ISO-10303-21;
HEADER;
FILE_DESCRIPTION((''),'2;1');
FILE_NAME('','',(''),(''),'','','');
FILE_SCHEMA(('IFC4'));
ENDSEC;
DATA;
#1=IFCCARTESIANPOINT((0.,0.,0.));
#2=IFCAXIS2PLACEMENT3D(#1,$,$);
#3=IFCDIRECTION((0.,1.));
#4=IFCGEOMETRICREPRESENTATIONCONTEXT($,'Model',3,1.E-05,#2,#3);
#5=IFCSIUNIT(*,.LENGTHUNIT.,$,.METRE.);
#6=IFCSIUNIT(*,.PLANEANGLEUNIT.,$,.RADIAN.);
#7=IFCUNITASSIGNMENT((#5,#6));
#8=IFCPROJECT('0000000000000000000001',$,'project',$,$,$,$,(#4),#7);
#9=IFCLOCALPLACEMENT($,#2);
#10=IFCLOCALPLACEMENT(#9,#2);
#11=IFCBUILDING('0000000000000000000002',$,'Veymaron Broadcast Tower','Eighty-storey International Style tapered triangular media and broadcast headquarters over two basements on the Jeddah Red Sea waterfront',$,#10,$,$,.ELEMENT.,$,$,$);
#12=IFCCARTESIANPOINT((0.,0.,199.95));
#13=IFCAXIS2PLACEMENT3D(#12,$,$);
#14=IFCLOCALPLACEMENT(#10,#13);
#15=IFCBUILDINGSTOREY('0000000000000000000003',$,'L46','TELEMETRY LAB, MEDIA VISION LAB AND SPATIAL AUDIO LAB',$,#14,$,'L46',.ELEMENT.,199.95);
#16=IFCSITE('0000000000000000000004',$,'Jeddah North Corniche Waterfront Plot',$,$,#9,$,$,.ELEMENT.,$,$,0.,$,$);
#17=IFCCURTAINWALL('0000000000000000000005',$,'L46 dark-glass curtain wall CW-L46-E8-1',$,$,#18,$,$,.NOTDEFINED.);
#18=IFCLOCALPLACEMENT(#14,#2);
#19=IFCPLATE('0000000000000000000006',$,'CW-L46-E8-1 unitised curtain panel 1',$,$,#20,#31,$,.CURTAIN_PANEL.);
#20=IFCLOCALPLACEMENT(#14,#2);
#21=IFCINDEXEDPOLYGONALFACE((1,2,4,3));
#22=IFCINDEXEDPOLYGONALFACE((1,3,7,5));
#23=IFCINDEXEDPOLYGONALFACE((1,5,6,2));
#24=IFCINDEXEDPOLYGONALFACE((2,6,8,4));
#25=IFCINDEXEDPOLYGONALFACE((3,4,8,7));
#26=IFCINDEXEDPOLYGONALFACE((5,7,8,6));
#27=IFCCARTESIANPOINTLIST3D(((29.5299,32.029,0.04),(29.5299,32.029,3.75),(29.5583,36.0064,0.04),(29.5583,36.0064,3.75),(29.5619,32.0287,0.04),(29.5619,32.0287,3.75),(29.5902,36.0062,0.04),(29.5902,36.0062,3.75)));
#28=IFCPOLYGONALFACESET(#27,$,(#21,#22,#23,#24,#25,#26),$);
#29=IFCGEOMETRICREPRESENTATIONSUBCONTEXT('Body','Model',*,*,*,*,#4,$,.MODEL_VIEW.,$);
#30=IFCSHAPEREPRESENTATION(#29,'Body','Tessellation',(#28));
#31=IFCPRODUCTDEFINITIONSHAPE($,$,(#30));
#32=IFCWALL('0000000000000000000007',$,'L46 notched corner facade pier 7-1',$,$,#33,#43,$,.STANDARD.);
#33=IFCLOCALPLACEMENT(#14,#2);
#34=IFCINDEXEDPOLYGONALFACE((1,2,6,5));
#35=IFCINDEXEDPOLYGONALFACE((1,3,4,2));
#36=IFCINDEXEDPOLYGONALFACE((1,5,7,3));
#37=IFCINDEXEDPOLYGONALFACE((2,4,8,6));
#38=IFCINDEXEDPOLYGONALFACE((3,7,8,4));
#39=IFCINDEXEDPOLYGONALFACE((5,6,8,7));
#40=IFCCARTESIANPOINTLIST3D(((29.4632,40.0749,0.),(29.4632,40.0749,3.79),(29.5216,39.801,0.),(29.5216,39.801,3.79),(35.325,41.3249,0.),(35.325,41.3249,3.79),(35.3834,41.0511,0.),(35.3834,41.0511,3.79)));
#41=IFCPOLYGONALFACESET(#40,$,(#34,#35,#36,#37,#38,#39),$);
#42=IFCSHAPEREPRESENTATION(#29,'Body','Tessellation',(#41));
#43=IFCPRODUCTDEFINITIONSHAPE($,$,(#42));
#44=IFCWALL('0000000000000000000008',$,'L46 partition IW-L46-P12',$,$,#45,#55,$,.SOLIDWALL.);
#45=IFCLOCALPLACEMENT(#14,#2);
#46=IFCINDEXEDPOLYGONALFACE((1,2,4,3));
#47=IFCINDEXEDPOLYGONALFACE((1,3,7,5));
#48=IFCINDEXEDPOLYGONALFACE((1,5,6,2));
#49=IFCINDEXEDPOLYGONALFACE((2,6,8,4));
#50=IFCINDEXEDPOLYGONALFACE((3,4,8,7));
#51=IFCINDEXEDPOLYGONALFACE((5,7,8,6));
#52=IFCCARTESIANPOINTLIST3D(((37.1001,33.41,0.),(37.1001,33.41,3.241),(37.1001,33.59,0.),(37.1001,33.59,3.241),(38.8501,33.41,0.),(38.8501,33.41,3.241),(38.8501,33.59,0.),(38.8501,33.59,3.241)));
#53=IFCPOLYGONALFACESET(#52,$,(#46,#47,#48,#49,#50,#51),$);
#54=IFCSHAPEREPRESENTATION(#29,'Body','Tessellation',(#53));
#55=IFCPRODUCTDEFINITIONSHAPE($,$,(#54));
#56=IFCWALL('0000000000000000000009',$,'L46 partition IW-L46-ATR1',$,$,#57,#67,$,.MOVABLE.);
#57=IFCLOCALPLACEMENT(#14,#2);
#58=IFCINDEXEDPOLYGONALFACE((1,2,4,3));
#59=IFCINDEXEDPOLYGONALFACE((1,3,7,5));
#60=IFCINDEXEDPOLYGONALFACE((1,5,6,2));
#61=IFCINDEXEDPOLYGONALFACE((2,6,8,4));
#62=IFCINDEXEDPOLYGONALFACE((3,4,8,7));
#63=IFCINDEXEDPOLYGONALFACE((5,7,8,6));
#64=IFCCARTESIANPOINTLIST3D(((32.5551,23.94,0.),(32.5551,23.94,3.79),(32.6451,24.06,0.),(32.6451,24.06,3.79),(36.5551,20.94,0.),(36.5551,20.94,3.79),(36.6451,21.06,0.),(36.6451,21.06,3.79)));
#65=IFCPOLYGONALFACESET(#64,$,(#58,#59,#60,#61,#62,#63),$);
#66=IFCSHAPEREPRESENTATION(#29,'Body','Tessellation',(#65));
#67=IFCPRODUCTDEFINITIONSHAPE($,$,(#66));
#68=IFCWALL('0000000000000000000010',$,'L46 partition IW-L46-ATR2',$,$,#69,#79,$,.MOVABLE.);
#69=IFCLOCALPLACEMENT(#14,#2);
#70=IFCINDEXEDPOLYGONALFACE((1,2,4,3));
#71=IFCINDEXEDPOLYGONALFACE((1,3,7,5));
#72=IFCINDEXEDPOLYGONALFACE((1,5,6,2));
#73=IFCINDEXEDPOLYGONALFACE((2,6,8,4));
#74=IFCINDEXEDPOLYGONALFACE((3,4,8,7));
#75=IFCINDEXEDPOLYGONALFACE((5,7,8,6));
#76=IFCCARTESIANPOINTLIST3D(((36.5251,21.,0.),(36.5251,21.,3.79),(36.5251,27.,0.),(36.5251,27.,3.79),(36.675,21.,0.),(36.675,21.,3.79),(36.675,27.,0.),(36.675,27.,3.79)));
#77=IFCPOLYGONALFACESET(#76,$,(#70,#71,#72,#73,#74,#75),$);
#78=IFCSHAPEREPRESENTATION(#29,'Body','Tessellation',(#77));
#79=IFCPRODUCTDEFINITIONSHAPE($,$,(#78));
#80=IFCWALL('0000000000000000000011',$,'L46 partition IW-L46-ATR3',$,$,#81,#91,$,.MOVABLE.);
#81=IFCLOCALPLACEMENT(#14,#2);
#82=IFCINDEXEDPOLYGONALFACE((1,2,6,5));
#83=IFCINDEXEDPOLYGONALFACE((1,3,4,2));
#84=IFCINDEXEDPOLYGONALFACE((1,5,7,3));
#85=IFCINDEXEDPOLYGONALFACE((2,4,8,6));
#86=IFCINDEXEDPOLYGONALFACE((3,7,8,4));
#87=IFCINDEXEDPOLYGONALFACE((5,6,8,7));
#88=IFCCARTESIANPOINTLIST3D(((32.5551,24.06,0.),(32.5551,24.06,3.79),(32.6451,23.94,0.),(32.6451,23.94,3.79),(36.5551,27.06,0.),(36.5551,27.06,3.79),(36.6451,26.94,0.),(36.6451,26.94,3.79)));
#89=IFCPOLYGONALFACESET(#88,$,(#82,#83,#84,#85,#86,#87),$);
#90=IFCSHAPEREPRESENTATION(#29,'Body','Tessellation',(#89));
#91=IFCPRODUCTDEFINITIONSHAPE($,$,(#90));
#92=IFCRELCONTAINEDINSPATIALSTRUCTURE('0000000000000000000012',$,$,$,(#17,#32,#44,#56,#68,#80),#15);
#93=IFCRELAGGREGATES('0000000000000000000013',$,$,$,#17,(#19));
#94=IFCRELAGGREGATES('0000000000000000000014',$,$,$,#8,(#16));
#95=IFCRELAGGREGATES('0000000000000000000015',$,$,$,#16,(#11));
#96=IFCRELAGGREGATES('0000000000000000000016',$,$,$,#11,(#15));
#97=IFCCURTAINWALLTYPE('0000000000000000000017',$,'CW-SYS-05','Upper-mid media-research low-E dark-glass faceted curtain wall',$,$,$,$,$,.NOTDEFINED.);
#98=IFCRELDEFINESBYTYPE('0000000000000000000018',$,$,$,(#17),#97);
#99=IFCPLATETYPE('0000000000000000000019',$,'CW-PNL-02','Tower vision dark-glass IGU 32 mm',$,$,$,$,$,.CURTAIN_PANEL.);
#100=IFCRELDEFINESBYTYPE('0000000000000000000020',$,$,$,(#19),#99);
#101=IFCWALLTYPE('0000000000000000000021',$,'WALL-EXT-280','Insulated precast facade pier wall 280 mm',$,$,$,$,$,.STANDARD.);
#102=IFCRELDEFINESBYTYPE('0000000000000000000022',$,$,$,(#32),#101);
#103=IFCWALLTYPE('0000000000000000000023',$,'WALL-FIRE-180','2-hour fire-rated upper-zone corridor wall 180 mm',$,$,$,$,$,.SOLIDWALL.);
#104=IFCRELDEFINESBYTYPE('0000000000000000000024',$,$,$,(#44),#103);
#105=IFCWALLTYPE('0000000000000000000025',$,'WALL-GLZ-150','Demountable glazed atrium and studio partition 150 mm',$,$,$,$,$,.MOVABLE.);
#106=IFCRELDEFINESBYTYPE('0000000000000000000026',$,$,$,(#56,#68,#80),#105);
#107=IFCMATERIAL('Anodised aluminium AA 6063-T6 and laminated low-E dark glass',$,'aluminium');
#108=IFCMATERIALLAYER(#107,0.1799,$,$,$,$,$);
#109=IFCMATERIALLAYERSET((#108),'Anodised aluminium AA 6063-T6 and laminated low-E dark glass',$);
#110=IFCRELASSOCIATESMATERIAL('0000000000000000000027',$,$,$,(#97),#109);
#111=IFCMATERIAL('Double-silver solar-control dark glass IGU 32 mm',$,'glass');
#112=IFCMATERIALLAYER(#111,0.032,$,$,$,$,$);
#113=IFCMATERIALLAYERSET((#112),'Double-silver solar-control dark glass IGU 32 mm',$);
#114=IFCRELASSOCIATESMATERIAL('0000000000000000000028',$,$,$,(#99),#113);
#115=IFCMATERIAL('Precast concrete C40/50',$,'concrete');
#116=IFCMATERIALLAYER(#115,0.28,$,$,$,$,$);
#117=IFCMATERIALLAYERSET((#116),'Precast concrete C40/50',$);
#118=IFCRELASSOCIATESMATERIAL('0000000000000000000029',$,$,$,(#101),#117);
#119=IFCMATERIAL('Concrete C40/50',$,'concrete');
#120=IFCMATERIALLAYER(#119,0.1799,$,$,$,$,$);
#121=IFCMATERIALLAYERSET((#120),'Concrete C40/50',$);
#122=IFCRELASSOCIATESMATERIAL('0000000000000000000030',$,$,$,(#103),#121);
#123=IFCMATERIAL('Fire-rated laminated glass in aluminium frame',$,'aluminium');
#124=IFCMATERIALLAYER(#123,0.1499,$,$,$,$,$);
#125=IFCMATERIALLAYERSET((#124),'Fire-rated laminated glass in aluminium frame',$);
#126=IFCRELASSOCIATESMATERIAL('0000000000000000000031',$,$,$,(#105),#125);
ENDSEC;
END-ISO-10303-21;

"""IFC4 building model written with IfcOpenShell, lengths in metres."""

from ifc_helpers import new_model, si_unit, direction, frame, frame_2d, origin, origin_2d, place, context, subcontext, project, spatial, rectangle, extrude, material, layer, layer_set, type_object, element, aggregate, save


model = new_model("IFC4")

# Units and contexts
model_context = context("Model", 3, precision=1e-05, world=origin(), true_north=direction((0.0, 1.0)))
body_context = subcontext(model_context, "Body", "Model", "MODEL_VIEW")
ifc_project = project(units=[si_unit("LENGTHUNIT", "METRE"), si_unit("PLANEANGLEUNIT", "RADIAN")], contexts=[model_context])

# Site, building, storey
site_placement = place(None, origin())
site = spatial("IfcSite", under=ifc_project, at=site_placement, Name="Jeddah North Corniche Waterfront Plot", CompositionType="ELEMENT", RefElevation=0.0)
building_placement = place(site_placement, origin())
building = spatial("IfcBuilding", under=site, at=building_placement, Name="Veymaron Broadcast Tower", Description="Eighty-storey International Style tapered triangular media and broadcast headquarters over two basements on the Jeddah Red Sea waterfront", CompositionType="ELEMENT")
storey_placement = place(building_placement, frame((0.0, 0.0, 199.95)))
storey = spatial("IfcBuildingStorey", under=building, at=storey_placement, Name="L46", Description="TELEMETRY LAB, MEDIA VISION LAB AND SPATIAL AUDIO LAB", LongName="L46", CompositionType="ELEMENT", Elevation=199.95)

# Curtain wall, plate
ifc_material_1 = material(Name="Anodised aluminium AA 6063-T6 and laminated low-E dark glass", Category="aluminium")
ifc_layer_1 = layer(ifc_material_1, 0.1799)
ifc_layer_set_1 = layer_set([ifc_layer_1], Name="Anodised aluminium AA 6063-T6 and laminated low-E dark glass")
curtain_wall_type = type_object("IfcCurtainWallType", Name="CW-SYS-05", Description="Upper-mid media-research low-E dark-glass faceted curtain wall", PredefinedType="NOTDEFINED", material=ifc_layer_set_1)
curtain_wall_placement = place(storey_placement, origin())
curtain_wall = element("IfcCurtainWall", 1, at=curtain_wall_placement, inside=storey, type_object=curtain_wall_type, Name="L46 dark-glass curtain wall CW-L46-E8-1", PredefinedType="NOTDEFINED")
ifc_material_2 = material(Name="Double-silver solar-control dark glass IGU 32 mm", Category="glass")
ifc_layer_2 = layer(ifc_material_2, 0.032)
ifc_layer_set_2 = layer_set([ifc_layer_2], Name="Double-silver solar-control dark glass IGU 32 mm")
plate_type = type_object("IfcPlateType", Name="CW-PNL-02", Description="Tower vision dark-glass IGU 32 mm", PredefinedType="CURTAIN_PANEL", material=ifc_layer_set_2)
plate_1_placement = place(storey_placement, frame((29.5601, 34.0176, 0.04), z_axis=(0.0, 0.0, 1.0), x_axis=(-0.007138, -0.999975, 0.0)))
plate_1 = element("IfcPlate", 2, at=plate_1_placement, type_object=plate_type, Name="CW-L46-E8-1 unitised curtain panel 1", PredefinedType="CURTAIN_PANEL", context=body_context, shape_type="SweptSolid", body=[
    extrude(rectangle(XDim=3.9775, YDim=0.032, at=origin_2d()), origin(), (0.0, 0.0, 1.0), 3.71),
])
aggregate(curtain_wall, [plate_1])

# Walls
ifc_material_3 = material(Name="Precast concrete C40/50", Category="concrete")
ifc_layer_3 = layer(ifc_material_3, 0.28)
ifc_layer_set_3 = layer_set([ifc_layer_3], Name="Precast concrete C40/50")
wall_type_1 = type_object("IfcWallType", Name="WALL-EXT-280", Description="Insulated precast facade pier wall 280 mm", PredefinedType="STANDARD", material=ifc_layer_set_3)
wall_1_placement = place(storey_placement, frame((35.3542, 41.188, 0.0), z_axis=(0.0, 0.0, 1.0), x_axis=(-0.978011, -0.208555, 0.0)))
element("IfcWall", 3, at=wall_1_placement, inside=storey, type_object=wall_type_1, Name="L46 notched corner facade pier 7-1", PredefinedType="STANDARD", context=body_context, shape_type="SweptSolid", body=[
    extrude(rectangle(XDim=5.9937, YDim=0.28, at=frame_2d((2.9968, 0.0))), origin(), (0.0, 0.0, 1.0), 3.79),
])
ifc_material_4 = material(Name="Concrete C40/50", Category="concrete")
ifc_layer_4 = layer(ifc_material_4, 0.1799)
ifc_layer_set_4 = layer_set([ifc_layer_4], Name="Concrete C40/50")
wall_type_2 = type_object("IfcWallType", Name="WALL-FIRE-180", Description="2-hour fire-rated upper-zone corridor wall 180 mm", PredefinedType="SOLIDWALL", material=ifc_layer_set_4)
wall_2_placement = place(storey_placement, frame((37.1001, 33.5, 0.0), z_axis=(0.0, 0.0, 1.0), x_axis=(1.0, 0.0, 0.0)))
element("IfcWall", 4, at=wall_2_placement, inside=storey, type_object=wall_type_2, Name="L46 partition IW-L46-P12", PredefinedType="SOLIDWALL", context=body_context, shape_type="SweptSolid", body=[
    extrude(rectangle(XDim=1.75, YDim=0.1799, at=frame_2d((0.875, 0.0))), origin(), (0.0, 0.0, 1.0), 3.241),
])
ifc_material_5 = material(Name="Fire-rated laminated glass in aluminium frame", Category="aluminium")
ifc_layer_5 = layer(ifc_material_5, 0.1499)
ifc_layer_set_5 = layer_set([ifc_layer_5], Name="Fire-rated laminated glass in aluminium frame")
wall_type_3 = type_object("IfcWallType", Name="WALL-GLZ-150", Description="Demountable glazed atrium and studio partition 150 mm", PredefinedType="MOVABLE", material=ifc_layer_set_5)
wall_3_placement = place(storey_placement, frame((32.6001, 24.0, 0.0), z_axis=(0.0, 0.0, 1.0), x_axis=(0.8, -0.6, 0.0)))
element("IfcWall", 5, at=wall_3_placement, inside=storey, type_object=wall_type_3, Name="L46 partition IW-L46-ATR1", PredefinedType="MOVABLE", context=body_context, shape_type="SweptSolid", body=[
    extrude(rectangle(XDim=5.0, YDim=0.1499, at=frame_2d((2.5, 0.0))), origin(), (0.0, 0.0, 1.0), 3.79),
])
wall_4_placement = place(storey_placement, frame((36.6001, 21.0, 0.0), z_axis=(0.0, 0.0, 1.0), x_axis=(0.0, 1.0, 0.0)))
element("IfcWall", 6, at=wall_4_placement, inside=storey, type_object=wall_type_3, Name="L46 partition IW-L46-ATR2", PredefinedType="MOVABLE", context=body_context, shape_type="SweptSolid", body=[
    extrude(rectangle(XDim=6.0, YDim=0.1499, at=frame_2d((3.0, 0.0))), origin(), (0.0, 0.0, 1.0), 3.79),
])
wall_5_placement = place(storey_placement, frame((36.6001, 27.0, 0.0), z_axis=(0.0, 0.0, 1.0), x_axis=(-0.8, -0.6, 0.0)))
element("IfcWall", 7, at=wall_5_placement, inside=storey, type_object=wall_type_3, Name="L46 partition IW-L46-ATR3", PredefinedType="MOVABLE", context=body_context, shape_type="SweptSolid", body=[
    extrude(rectangle(XDim=5.0, YDim=0.1499, at=frame_2d((2.5, 0.0))), origin(), (0.0, 0.0, 1.0), 3.79),
])

save(model, "model.ifc")
